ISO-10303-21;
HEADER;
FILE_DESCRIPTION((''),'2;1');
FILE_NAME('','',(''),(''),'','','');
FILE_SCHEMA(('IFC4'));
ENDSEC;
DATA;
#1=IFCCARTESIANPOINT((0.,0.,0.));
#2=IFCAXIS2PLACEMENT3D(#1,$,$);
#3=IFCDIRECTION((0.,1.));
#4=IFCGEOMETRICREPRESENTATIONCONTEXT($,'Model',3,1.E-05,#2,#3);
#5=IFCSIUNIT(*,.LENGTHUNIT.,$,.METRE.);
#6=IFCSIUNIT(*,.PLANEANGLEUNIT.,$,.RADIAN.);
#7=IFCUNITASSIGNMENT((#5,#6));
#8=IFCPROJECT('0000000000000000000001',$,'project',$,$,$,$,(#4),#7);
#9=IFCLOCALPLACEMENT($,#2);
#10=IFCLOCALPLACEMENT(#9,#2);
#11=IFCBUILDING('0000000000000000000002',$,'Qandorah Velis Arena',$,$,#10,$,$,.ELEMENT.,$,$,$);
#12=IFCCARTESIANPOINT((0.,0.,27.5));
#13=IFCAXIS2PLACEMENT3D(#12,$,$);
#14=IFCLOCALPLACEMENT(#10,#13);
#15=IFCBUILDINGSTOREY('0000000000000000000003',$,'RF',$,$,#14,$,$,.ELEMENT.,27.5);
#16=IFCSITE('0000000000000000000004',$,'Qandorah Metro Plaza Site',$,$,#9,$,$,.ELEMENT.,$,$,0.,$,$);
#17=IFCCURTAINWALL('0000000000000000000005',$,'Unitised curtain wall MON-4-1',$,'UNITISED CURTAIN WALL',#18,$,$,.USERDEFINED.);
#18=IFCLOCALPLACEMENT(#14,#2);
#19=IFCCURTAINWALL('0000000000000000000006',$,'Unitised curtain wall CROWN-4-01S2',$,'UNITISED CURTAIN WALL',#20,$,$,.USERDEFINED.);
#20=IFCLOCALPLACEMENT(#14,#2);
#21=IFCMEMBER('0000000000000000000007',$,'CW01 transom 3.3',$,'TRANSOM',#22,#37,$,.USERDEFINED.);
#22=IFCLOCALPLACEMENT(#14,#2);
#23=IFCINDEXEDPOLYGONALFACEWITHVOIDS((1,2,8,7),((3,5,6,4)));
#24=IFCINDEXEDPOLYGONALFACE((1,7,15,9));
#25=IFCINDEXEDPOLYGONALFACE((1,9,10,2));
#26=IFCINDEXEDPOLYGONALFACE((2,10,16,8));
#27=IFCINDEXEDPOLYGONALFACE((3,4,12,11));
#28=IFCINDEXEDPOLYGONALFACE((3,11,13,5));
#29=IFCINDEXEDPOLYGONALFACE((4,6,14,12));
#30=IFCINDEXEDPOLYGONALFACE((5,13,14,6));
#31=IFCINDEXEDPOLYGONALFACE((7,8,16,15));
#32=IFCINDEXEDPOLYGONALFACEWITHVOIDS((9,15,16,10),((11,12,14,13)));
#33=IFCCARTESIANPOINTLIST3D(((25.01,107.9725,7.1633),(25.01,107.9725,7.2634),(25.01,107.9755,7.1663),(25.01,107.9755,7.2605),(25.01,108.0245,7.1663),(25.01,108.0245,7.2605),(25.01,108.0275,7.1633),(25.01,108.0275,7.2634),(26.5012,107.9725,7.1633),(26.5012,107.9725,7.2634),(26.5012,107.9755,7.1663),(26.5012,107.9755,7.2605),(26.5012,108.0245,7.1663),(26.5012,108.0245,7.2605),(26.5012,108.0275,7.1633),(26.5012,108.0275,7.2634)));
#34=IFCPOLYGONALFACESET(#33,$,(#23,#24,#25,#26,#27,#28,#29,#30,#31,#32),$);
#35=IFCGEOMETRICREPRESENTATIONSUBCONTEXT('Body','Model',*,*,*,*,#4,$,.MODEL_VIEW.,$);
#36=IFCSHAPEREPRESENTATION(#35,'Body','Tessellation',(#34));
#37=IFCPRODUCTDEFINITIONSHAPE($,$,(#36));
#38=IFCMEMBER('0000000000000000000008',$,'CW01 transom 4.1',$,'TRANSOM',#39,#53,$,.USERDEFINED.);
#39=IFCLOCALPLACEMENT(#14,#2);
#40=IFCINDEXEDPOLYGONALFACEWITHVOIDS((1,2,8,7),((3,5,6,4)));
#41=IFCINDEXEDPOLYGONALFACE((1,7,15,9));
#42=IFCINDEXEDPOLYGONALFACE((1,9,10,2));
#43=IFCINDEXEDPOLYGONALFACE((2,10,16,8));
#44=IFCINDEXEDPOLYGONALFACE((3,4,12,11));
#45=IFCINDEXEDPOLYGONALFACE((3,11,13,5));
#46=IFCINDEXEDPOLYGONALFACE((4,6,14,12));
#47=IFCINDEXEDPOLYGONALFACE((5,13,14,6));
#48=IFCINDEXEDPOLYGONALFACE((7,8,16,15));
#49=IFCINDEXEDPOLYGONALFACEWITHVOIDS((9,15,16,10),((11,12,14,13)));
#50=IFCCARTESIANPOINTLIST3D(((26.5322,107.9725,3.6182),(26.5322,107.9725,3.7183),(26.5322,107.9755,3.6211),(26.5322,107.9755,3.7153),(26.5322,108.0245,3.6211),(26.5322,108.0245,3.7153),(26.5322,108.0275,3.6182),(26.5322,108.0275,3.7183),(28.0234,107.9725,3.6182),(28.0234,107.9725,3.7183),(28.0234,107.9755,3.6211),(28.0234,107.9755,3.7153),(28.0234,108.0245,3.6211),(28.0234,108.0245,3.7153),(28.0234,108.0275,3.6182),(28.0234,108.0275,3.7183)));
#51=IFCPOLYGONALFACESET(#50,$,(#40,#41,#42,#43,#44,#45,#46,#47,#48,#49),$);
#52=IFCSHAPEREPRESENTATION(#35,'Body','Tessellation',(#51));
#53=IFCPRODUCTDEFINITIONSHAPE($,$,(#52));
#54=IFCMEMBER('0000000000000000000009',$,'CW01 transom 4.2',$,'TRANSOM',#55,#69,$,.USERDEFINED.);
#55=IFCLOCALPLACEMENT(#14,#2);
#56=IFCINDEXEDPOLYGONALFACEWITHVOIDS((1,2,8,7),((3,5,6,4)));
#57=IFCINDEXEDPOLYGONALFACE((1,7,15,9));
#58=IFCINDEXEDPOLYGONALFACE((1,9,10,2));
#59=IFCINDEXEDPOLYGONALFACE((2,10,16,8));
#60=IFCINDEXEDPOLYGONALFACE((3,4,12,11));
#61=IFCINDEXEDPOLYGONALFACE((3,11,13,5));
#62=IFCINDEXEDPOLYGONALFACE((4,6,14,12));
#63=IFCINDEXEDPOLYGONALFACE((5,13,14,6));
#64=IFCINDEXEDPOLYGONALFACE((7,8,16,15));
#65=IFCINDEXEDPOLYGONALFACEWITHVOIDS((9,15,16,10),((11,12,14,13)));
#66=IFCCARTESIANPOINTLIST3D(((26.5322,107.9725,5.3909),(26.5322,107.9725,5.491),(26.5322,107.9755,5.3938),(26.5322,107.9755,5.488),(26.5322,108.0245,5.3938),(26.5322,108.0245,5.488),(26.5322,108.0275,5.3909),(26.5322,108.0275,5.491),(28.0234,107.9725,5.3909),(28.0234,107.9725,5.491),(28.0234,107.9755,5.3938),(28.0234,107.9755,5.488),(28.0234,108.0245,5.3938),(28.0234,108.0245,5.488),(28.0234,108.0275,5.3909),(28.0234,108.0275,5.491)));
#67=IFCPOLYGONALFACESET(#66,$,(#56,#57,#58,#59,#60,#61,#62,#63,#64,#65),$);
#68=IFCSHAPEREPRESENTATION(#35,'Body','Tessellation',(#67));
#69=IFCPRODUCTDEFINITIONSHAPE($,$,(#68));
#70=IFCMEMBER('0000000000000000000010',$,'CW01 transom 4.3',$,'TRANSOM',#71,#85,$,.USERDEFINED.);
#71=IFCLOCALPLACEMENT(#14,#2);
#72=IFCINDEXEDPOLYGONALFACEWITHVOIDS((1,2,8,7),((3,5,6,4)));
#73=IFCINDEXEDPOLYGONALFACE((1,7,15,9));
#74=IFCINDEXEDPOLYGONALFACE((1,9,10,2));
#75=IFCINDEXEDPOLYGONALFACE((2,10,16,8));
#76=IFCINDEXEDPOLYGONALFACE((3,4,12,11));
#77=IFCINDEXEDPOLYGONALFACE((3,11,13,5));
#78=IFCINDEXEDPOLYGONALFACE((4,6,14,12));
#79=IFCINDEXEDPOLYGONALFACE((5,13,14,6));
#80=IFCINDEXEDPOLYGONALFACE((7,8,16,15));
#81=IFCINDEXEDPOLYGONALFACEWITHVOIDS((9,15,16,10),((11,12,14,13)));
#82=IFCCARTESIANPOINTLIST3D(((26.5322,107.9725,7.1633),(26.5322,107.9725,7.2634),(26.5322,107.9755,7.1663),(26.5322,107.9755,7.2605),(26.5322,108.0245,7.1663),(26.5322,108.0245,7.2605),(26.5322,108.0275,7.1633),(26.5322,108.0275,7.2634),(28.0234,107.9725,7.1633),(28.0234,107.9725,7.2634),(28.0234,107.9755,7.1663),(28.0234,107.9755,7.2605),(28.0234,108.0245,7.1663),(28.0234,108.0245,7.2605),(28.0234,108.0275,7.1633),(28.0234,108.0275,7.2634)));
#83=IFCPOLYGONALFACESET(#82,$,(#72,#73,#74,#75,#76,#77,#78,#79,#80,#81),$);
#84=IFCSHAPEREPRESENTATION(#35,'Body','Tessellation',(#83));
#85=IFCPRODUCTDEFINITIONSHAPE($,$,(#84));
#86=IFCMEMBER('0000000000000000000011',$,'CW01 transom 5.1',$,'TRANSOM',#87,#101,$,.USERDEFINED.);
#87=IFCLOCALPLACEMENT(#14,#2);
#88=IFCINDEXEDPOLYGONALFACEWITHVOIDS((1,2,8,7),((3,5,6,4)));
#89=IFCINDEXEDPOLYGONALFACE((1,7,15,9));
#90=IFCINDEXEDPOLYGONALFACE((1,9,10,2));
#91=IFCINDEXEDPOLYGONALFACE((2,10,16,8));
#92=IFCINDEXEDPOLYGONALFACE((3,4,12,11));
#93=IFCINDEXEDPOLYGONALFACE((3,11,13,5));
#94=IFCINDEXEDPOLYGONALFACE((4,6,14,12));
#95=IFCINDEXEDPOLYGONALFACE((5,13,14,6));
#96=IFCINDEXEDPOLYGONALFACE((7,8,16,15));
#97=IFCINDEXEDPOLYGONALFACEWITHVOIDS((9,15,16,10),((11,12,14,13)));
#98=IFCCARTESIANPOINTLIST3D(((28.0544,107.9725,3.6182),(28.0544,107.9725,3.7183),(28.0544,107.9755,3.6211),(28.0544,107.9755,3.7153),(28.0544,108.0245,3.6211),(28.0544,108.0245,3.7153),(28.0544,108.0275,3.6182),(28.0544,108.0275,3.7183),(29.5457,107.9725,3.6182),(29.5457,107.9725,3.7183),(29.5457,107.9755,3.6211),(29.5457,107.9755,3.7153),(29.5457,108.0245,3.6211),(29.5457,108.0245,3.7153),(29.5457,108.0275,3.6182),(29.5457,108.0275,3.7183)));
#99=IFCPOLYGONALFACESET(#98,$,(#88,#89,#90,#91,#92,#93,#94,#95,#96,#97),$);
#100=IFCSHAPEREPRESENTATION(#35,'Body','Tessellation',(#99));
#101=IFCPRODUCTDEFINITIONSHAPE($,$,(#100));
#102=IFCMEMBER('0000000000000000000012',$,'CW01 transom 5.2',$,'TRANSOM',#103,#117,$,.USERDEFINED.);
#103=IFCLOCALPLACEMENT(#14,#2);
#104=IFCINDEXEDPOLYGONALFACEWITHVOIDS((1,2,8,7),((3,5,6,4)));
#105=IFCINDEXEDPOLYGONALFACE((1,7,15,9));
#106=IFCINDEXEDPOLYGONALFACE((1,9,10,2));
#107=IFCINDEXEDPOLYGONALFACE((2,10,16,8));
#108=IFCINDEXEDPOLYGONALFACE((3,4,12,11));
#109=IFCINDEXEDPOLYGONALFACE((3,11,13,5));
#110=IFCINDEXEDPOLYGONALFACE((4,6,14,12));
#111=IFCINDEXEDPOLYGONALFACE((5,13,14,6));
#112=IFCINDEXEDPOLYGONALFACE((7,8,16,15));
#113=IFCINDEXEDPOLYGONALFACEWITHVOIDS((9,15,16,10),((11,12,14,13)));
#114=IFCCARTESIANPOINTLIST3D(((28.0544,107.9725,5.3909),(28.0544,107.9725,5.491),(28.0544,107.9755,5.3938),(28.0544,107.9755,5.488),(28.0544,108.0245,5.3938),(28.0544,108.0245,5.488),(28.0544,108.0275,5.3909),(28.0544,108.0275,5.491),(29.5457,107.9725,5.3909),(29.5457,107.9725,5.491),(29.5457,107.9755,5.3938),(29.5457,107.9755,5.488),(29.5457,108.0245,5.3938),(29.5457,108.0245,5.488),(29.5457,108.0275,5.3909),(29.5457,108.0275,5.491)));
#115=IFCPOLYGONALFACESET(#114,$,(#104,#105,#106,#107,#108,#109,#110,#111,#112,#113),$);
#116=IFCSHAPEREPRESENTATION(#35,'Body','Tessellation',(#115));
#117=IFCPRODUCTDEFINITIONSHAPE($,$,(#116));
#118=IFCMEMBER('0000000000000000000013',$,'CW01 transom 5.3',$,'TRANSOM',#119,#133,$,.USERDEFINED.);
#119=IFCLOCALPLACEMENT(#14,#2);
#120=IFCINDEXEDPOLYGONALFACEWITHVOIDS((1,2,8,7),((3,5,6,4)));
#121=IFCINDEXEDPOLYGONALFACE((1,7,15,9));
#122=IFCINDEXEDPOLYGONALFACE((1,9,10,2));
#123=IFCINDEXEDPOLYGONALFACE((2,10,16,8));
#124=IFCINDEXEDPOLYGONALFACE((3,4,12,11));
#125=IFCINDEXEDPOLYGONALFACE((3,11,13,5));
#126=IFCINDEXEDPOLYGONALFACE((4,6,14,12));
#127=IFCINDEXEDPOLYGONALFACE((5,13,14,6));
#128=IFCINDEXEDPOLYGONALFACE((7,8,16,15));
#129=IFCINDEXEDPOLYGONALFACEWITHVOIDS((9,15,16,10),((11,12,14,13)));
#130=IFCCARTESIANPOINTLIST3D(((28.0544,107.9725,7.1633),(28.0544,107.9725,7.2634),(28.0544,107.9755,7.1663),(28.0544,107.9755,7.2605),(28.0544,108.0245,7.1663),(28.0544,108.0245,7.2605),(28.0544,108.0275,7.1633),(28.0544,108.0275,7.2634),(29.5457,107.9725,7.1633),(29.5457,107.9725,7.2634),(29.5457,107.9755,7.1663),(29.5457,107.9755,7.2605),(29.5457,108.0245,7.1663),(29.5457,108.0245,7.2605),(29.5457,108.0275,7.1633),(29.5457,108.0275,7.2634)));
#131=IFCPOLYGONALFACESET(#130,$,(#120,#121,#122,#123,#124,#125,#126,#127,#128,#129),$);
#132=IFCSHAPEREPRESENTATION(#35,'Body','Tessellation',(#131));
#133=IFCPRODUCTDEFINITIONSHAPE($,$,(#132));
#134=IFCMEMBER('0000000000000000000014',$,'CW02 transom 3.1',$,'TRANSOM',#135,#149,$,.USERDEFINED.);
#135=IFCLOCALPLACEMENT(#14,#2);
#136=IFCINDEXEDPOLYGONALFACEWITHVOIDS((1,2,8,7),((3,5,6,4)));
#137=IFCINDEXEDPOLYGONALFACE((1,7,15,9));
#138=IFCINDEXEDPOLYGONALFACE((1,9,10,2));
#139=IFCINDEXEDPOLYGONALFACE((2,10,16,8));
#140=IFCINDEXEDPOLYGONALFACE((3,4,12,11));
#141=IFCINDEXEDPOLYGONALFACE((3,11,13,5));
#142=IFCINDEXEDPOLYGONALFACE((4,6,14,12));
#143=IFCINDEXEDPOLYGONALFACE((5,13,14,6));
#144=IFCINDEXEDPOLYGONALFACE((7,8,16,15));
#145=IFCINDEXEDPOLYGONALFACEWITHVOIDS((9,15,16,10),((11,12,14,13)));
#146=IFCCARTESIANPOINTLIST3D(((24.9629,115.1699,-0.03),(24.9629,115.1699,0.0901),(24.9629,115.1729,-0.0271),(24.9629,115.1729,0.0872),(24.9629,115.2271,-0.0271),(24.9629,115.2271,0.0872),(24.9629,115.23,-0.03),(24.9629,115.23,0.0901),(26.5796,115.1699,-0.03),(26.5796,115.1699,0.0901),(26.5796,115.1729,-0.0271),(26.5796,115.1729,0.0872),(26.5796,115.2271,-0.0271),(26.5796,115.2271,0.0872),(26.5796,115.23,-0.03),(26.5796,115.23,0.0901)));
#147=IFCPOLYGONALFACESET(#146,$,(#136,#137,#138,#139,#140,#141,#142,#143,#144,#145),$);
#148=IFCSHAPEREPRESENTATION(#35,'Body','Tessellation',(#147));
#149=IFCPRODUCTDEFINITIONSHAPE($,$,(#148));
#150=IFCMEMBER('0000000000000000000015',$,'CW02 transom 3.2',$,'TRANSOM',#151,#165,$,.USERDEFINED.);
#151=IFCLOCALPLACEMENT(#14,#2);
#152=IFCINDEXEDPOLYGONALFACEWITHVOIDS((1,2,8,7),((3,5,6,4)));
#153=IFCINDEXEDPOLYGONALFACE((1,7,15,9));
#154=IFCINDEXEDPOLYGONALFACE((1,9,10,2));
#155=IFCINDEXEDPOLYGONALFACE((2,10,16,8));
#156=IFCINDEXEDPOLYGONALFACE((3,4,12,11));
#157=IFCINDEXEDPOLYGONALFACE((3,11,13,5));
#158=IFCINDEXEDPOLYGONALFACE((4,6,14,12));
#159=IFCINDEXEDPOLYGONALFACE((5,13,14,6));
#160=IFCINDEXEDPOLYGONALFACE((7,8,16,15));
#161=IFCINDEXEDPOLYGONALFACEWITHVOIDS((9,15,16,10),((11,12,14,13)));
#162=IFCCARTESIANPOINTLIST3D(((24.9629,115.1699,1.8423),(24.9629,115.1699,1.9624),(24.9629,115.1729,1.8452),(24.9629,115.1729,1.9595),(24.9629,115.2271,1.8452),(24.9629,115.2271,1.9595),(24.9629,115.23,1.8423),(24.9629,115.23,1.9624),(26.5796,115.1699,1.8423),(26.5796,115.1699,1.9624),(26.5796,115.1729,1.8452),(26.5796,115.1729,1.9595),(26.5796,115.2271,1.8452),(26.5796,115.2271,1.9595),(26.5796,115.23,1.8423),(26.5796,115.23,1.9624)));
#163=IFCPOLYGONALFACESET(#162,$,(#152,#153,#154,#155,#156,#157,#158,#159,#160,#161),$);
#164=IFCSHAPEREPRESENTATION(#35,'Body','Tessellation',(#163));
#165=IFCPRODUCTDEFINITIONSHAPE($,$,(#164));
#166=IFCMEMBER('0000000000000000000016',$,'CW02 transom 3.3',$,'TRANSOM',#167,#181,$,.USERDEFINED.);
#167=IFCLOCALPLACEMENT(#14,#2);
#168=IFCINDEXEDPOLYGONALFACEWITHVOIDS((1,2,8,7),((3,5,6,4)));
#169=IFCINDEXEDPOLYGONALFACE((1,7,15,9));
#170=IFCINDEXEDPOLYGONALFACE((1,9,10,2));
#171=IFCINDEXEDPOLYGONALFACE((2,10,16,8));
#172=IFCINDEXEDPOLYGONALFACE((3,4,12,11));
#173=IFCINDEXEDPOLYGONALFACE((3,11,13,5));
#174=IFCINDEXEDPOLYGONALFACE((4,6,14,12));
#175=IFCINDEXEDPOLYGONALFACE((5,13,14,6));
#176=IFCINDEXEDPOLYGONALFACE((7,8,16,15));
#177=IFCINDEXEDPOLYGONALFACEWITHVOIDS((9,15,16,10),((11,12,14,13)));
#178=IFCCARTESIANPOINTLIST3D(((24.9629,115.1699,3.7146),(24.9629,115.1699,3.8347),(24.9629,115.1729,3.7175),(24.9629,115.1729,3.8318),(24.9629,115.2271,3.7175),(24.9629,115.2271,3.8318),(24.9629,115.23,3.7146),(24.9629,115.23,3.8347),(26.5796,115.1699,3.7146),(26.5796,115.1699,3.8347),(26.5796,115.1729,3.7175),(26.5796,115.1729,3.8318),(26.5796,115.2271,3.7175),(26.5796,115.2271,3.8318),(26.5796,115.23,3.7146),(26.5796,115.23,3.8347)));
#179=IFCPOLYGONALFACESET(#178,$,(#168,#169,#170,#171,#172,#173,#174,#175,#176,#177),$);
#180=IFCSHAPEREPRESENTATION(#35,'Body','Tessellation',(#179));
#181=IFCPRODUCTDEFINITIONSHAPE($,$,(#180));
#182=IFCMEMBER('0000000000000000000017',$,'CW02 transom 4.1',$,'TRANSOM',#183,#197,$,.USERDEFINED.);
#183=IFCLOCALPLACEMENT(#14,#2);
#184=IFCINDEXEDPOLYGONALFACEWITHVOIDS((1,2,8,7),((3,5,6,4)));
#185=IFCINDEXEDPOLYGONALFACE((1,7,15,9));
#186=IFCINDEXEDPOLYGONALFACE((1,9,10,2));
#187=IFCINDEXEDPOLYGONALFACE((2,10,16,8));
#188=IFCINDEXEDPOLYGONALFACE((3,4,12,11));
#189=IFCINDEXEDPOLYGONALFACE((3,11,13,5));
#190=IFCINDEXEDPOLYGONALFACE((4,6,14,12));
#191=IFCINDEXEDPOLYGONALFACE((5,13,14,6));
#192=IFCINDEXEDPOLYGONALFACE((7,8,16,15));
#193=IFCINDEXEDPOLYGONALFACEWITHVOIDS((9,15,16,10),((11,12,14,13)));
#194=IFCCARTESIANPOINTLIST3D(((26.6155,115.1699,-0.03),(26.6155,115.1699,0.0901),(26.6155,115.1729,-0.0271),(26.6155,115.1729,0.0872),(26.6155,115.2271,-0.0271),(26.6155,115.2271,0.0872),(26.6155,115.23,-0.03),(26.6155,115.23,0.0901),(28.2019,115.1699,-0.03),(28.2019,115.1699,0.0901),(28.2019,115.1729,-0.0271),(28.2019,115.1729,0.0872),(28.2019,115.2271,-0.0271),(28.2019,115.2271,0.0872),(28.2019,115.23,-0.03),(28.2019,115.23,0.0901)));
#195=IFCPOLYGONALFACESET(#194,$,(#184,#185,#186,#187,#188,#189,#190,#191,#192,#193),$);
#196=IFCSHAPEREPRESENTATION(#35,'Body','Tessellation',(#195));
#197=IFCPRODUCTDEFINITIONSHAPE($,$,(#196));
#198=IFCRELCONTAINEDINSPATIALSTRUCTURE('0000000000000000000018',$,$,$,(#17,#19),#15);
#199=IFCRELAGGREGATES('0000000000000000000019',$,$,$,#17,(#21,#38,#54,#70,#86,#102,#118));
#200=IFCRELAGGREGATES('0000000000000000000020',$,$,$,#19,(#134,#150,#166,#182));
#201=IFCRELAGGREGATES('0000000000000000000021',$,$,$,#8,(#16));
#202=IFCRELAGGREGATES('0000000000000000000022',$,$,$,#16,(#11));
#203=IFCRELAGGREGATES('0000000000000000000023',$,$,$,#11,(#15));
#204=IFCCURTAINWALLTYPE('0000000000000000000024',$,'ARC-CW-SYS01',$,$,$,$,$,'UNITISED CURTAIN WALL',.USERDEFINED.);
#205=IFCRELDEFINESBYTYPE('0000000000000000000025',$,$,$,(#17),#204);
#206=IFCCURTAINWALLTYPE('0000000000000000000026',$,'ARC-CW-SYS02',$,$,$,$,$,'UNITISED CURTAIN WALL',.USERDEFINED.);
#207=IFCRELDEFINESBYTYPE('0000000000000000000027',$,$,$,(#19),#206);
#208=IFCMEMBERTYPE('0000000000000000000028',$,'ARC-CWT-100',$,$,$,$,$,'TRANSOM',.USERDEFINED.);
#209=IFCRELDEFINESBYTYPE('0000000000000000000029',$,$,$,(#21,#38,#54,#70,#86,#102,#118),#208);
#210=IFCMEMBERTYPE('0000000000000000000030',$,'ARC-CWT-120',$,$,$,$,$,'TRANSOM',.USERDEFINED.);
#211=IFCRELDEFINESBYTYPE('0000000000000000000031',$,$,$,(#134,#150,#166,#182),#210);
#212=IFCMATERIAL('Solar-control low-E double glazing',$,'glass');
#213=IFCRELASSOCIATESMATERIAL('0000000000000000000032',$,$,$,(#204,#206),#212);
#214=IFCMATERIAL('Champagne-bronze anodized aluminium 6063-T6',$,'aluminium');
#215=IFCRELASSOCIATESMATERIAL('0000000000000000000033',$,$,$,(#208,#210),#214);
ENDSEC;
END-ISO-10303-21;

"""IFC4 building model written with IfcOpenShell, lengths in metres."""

from ifc_helpers import new_model, si_unit, direction, frame, origin, origin_2d, place, context, subcontext, project, spatial, hollow_rectangle, extrude, material, material_profile, profile_set, type_object, element, aggregate, save


model = new_model("IFC4")

# Units and contexts
model_context = context("Model", 3, precision=1e-05, world=origin(), true_north=direction((0.0, 1.0)))
body_context = subcontext(model_context, "Body", "Model", "MODEL_VIEW")
ifc_project = project(units=[si_unit("LENGTHUNIT", "METRE"), si_unit("PLANEANGLEUNIT", "RADIAN")], contexts=[model_context])

# Site, building, storey
site_placement = place(None, origin())
site = spatial("IfcSite", under=ifc_project, at=site_placement, Name="Qandorah Metro Plaza Site", CompositionType="ELEMENT", RefElevation=0.0)
building_placement = place(site_placement, origin())
building = spatial("IfcBuilding", under=site, at=building_placement, Name="Qandorah Velis Arena", CompositionType="ELEMENT")
storey_placement = place(building_placement, frame((0.0, 0.0, 27.5)))
storey = spatial("IfcBuildingStorey", under=building, at=storey_placement, Name="RF", CompositionType="ELEMENT", Elevation=27.5)

# Curtain walls
ifc_material_1 = material(Name="Solar-control low-E double glazing", Category="glass")
curtain_wall_type_1 = type_object("IfcCurtainWallType", Name="ARC-CW-SYS01", ElementType="UNITISED CURTAIN WALL", PredefinedType="USERDEFINED", material=ifc_material_1)
curtain_wall_1_placement = place(storey_placement, origin())
curtain_wall_1 = element("IfcCurtainWall", 1, at=curtain_wall_1_placement, inside=storey, type_object=curtain_wall_type_1, Name="Unitised curtain wall MON-4-1", ObjectType="UNITISED CURTAIN WALL", PredefinedType="USERDEFINED")
ifc_material_2 = material(Name="Champagne-bronze anodized aluminium 6063-T6", Category="aluminium")
curtain_wall_type_2 = type_object("IfcCurtainWallType", Name="ARC-CW-SYS02", ElementType="UNITISED CURTAIN WALL", PredefinedType="USERDEFINED", material=ifc_material_1)
curtain_wall_2_placement = place(storey_placement, origin())
curtain_wall_2 = element("IfcCurtainWall", 2, at=curtain_wall_2_placement, inside=storey, type_object=curtain_wall_type_2, Name="Unitised curtain wall CROWN-4-01S2", ObjectType="UNITISED CURTAIN WALL", PredefinedType="USERDEFINED")

# Members
ifc_material_profile_1 = material_profile(ifc_material_2, hollow_rectangle(XDim=0.0549, YDim=0.1001, WallThickness=0.0029, at=origin_2d()), Name="ALU TRANSOM 55x100")
ifc_profile_set_1 = profile_set([ifc_material_profile_1], Name="Champagne-bronze anodized aluminium 6063-T6")
member_type_1 = type_object("IfcMemberType", Name="ARC-CWT-100", ElementType="TRANSOM", PredefinedType="USERDEFINED", material=ifc_profile_set_1)
member_1_placement = place(storey_placement, frame((25.01, 108.0, 7.2134), z_axis=(1.0, 0.0, 0.0), x_axis=(0.0, 1.0, 0.0)))
member_1 = element("IfcMember", 3, at=member_1_placement, type_object=member_type_1, Name="CW01 transom 3.3", ObjectType="TRANSOM", PredefinedType="USERDEFINED", context=body_context, shape_type="SweptSolid", body=[
    extrude(hollow_rectangle(XDim=0.0549, YDim=0.1001, WallThickness=0.0029, at=origin_2d()), origin(), (0.0, 0.0, 1.0), 1.4912),
])
member_2_placement = place(storey_placement, frame((26.5322, 108.0, 3.6682), z_axis=(1.0, 0.0, 0.0), x_axis=(0.0, 1.0, 0.0)))
member_2 = element("IfcMember", 4, at=member_2_placement, type_object=member_type_1, Name="CW01 transom 4.1", ObjectType="TRANSOM", PredefinedType="USERDEFINED", context=body_context, shape_type="SweptSolid", body=[
    extrude(hollow_rectangle(XDim=0.0549, YDim=0.1001, WallThickness=0.0029, at=origin_2d()), origin(), (0.0, 0.0, 1.0), 1.4912),
])
member_3_placement = place(storey_placement, frame((26.5322, 108.0, 5.4409), z_axis=(1.0, 0.0, 0.0), x_axis=(0.0, 1.0, 0.0)))
member_3 = element("IfcMember", 5, at=member_3_placement, type_object=member_type_1, Name="CW01 transom 4.2", ObjectType="TRANSOM", PredefinedType="USERDEFINED", context=body_context, shape_type="SweptSolid", body=[
    extrude(hollow_rectangle(XDim=0.0549, YDim=0.1001, WallThickness=0.0029, at=origin_2d()), origin(), (0.0, 0.0, 1.0), 1.4912),
])
member_4_placement = place(storey_placement, frame((26.5322, 108.0, 7.2134), z_axis=(1.0, 0.0, 0.0), x_axis=(0.0, 1.0, 0.0)))
member_4 = element("IfcMember", 6, at=member_4_placement, type_object=member_type_1, Name="CW01 transom 4.3", ObjectType="TRANSOM", PredefinedType="USERDEFINED", context=body_context, shape_type="SweptSolid", body=[
    extrude(hollow_rectangle(XDim=0.0549, YDim=0.1001, WallThickness=0.0029, at=origin_2d()), origin(), (0.0, 0.0, 1.0), 1.4912),
])
member_5_placement = place(storey_placement, frame((28.0544, 108.0, 3.6682), z_axis=(1.0, 0.0, 0.0), x_axis=(0.0, 1.0, 0.0)))
member_5 = element("IfcMember", 7, at=member_5_placement, type_object=member_type_1, Name="CW01 transom 5.1", ObjectType="TRANSOM", PredefinedType="USERDEFINED", context=body_context, shape_type="SweptSolid", body=[
    extrude(hollow_rectangle(XDim=0.0549, YDim=0.1001, WallThickness=0.0029, at=origin_2d()), origin(), (0.0, 0.0, 1.0), 1.4912),
])
member_6_placement = place(storey_placement, frame((28.0544, 108.0, 5.4409), z_axis=(1.0, 0.0, 0.0), x_axis=(0.0, 1.0, 0.0)))
member_6 = element("IfcMember", 8, at=member_6_placement, type_object=member_type_1, Name="CW01 transom 5.2", ObjectType="TRANSOM", PredefinedType="USERDEFINED", context=body_context, shape_type="SweptSolid", body=[
    extrude(hollow_rectangle(XDim=0.0549, YDim=0.1001, WallThickness=0.0029, at=origin_2d()), origin(), (0.0, 0.0, 1.0), 1.4912),
])
member_7_placement = place(storey_placement, frame((28.0544, 108.0, 7.2134), z_axis=(1.0, 0.0, 0.0), x_axis=(0.0, 1.0, 0.0)))
member_7 = element("IfcMember", 9, at=member_7_placement, type_object=member_type_1, Name="CW01 transom 5.3", ObjectType="TRANSOM", PredefinedType="USERDEFINED", context=body_context, shape_type="SweptSolid", body=[
    extrude(hollow_rectangle(XDim=0.0549, YDim=0.1001, WallThickness=0.0029, at=origin_2d()), origin(), (0.0, 0.0, 1.0), 1.4912),
])
ifc_material_profile_2 = material_profile(ifc_material_2, hollow_rectangle(XDim=0.0601, YDim=0.1201, WallThickness=0.0029, at=origin_2d()), Name="ALU TRANSOM 60x120")
ifc_profile_set_2 = profile_set([ifc_material_profile_2], Name="Champagne-bronze anodized aluminium 6063-T6")
member_type_2 = type_object("IfcMemberType", Name="ARC-CWT-120", ElementType="TRANSOM", PredefinedType="USERDEFINED", material=ifc_profile_set_2)
member_8_placement = place(storey_placement, frame((24.9629, 115.2, 0.03), z_axis=(1.0, 0.0, 0.0), x_axis=(0.0, 1.0, 0.0)))
member_8 = element("IfcMember", 10, at=member_8_placement, type_object=member_type_2, Name="CW02 transom 3.1", ObjectType="TRANSOM", PredefinedType="USERDEFINED", context=body_context, shape_type="SweptSolid", body=[
    extrude(hollow_rectangle(XDim=0.0601, YDim=0.1201, WallThickness=0.0029, at=origin_2d()), origin(), (0.0, 0.0, 1.0), 1.6167),
])
member_9_placement = place(storey_placement, frame((24.9629, 115.2, 1.9023), z_axis=(1.0, 0.0, 0.0), x_axis=(0.0, 1.0, 0.0)))
member_9 = element("IfcMember", 11, at=member_9_placement, type_object=member_type_2, Name="CW02 transom 3.2", ObjectType="TRANSOM", PredefinedType="USERDEFINED", context=body_context, shape_type="SweptSolid", body=[
    extrude(hollow_rectangle(XDim=0.0601, YDim=0.1201, WallThickness=0.0029, at=origin_2d()), origin(), (0.0, 0.0, 1.0), 1.6167),
])
member_10_placement = place(storey_placement, frame((24.9629, 115.2, 3.7747), z_axis=(1.0, 0.0, 0.0), x_axis=(0.0, 1.0, 0.0)))
member_10 = element("IfcMember", 12, at=member_10_placement, type_object=member_type_2, Name="CW02 transom 3.3", ObjectType="TRANSOM", PredefinedType="USERDEFINED", context=body_context, shape_type="SweptSolid", body=[
    extrude(hollow_rectangle(XDim=0.0601, YDim=0.1201, WallThickness=0.0029, at=origin_2d()), origin(), (0.0, 0.0, 1.0), 1.6167),
])
member_11_placement = place(storey_placement, frame((26.6155, 115.2, 0.03), z_axis=(1.0, 0.0, 0.0), x_axis=(0.0, 1.0, 0.0)))
member_11 = element("IfcMember", 13, at=member_11_placement, type_object=member_type_2, Name="CW02 transom 4.1", ObjectType="TRANSOM", PredefinedType="USERDEFINED", context=body_context, shape_type="SweptSolid", body=[
    extrude(hollow_rectangle(XDim=0.0601, YDim=0.1201, WallThickness=0.0029, at=origin_2d()), origin(), (0.0, 0.0, 1.0), 1.5864),
])

aggregate(curtain_wall_1, [member_1, member_2, member_3, member_4, member_5, member_6, member_7])
aggregate(curtain_wall_2, [member_8, member_9, member_10, member_11])

save(model, "model.ifc")
